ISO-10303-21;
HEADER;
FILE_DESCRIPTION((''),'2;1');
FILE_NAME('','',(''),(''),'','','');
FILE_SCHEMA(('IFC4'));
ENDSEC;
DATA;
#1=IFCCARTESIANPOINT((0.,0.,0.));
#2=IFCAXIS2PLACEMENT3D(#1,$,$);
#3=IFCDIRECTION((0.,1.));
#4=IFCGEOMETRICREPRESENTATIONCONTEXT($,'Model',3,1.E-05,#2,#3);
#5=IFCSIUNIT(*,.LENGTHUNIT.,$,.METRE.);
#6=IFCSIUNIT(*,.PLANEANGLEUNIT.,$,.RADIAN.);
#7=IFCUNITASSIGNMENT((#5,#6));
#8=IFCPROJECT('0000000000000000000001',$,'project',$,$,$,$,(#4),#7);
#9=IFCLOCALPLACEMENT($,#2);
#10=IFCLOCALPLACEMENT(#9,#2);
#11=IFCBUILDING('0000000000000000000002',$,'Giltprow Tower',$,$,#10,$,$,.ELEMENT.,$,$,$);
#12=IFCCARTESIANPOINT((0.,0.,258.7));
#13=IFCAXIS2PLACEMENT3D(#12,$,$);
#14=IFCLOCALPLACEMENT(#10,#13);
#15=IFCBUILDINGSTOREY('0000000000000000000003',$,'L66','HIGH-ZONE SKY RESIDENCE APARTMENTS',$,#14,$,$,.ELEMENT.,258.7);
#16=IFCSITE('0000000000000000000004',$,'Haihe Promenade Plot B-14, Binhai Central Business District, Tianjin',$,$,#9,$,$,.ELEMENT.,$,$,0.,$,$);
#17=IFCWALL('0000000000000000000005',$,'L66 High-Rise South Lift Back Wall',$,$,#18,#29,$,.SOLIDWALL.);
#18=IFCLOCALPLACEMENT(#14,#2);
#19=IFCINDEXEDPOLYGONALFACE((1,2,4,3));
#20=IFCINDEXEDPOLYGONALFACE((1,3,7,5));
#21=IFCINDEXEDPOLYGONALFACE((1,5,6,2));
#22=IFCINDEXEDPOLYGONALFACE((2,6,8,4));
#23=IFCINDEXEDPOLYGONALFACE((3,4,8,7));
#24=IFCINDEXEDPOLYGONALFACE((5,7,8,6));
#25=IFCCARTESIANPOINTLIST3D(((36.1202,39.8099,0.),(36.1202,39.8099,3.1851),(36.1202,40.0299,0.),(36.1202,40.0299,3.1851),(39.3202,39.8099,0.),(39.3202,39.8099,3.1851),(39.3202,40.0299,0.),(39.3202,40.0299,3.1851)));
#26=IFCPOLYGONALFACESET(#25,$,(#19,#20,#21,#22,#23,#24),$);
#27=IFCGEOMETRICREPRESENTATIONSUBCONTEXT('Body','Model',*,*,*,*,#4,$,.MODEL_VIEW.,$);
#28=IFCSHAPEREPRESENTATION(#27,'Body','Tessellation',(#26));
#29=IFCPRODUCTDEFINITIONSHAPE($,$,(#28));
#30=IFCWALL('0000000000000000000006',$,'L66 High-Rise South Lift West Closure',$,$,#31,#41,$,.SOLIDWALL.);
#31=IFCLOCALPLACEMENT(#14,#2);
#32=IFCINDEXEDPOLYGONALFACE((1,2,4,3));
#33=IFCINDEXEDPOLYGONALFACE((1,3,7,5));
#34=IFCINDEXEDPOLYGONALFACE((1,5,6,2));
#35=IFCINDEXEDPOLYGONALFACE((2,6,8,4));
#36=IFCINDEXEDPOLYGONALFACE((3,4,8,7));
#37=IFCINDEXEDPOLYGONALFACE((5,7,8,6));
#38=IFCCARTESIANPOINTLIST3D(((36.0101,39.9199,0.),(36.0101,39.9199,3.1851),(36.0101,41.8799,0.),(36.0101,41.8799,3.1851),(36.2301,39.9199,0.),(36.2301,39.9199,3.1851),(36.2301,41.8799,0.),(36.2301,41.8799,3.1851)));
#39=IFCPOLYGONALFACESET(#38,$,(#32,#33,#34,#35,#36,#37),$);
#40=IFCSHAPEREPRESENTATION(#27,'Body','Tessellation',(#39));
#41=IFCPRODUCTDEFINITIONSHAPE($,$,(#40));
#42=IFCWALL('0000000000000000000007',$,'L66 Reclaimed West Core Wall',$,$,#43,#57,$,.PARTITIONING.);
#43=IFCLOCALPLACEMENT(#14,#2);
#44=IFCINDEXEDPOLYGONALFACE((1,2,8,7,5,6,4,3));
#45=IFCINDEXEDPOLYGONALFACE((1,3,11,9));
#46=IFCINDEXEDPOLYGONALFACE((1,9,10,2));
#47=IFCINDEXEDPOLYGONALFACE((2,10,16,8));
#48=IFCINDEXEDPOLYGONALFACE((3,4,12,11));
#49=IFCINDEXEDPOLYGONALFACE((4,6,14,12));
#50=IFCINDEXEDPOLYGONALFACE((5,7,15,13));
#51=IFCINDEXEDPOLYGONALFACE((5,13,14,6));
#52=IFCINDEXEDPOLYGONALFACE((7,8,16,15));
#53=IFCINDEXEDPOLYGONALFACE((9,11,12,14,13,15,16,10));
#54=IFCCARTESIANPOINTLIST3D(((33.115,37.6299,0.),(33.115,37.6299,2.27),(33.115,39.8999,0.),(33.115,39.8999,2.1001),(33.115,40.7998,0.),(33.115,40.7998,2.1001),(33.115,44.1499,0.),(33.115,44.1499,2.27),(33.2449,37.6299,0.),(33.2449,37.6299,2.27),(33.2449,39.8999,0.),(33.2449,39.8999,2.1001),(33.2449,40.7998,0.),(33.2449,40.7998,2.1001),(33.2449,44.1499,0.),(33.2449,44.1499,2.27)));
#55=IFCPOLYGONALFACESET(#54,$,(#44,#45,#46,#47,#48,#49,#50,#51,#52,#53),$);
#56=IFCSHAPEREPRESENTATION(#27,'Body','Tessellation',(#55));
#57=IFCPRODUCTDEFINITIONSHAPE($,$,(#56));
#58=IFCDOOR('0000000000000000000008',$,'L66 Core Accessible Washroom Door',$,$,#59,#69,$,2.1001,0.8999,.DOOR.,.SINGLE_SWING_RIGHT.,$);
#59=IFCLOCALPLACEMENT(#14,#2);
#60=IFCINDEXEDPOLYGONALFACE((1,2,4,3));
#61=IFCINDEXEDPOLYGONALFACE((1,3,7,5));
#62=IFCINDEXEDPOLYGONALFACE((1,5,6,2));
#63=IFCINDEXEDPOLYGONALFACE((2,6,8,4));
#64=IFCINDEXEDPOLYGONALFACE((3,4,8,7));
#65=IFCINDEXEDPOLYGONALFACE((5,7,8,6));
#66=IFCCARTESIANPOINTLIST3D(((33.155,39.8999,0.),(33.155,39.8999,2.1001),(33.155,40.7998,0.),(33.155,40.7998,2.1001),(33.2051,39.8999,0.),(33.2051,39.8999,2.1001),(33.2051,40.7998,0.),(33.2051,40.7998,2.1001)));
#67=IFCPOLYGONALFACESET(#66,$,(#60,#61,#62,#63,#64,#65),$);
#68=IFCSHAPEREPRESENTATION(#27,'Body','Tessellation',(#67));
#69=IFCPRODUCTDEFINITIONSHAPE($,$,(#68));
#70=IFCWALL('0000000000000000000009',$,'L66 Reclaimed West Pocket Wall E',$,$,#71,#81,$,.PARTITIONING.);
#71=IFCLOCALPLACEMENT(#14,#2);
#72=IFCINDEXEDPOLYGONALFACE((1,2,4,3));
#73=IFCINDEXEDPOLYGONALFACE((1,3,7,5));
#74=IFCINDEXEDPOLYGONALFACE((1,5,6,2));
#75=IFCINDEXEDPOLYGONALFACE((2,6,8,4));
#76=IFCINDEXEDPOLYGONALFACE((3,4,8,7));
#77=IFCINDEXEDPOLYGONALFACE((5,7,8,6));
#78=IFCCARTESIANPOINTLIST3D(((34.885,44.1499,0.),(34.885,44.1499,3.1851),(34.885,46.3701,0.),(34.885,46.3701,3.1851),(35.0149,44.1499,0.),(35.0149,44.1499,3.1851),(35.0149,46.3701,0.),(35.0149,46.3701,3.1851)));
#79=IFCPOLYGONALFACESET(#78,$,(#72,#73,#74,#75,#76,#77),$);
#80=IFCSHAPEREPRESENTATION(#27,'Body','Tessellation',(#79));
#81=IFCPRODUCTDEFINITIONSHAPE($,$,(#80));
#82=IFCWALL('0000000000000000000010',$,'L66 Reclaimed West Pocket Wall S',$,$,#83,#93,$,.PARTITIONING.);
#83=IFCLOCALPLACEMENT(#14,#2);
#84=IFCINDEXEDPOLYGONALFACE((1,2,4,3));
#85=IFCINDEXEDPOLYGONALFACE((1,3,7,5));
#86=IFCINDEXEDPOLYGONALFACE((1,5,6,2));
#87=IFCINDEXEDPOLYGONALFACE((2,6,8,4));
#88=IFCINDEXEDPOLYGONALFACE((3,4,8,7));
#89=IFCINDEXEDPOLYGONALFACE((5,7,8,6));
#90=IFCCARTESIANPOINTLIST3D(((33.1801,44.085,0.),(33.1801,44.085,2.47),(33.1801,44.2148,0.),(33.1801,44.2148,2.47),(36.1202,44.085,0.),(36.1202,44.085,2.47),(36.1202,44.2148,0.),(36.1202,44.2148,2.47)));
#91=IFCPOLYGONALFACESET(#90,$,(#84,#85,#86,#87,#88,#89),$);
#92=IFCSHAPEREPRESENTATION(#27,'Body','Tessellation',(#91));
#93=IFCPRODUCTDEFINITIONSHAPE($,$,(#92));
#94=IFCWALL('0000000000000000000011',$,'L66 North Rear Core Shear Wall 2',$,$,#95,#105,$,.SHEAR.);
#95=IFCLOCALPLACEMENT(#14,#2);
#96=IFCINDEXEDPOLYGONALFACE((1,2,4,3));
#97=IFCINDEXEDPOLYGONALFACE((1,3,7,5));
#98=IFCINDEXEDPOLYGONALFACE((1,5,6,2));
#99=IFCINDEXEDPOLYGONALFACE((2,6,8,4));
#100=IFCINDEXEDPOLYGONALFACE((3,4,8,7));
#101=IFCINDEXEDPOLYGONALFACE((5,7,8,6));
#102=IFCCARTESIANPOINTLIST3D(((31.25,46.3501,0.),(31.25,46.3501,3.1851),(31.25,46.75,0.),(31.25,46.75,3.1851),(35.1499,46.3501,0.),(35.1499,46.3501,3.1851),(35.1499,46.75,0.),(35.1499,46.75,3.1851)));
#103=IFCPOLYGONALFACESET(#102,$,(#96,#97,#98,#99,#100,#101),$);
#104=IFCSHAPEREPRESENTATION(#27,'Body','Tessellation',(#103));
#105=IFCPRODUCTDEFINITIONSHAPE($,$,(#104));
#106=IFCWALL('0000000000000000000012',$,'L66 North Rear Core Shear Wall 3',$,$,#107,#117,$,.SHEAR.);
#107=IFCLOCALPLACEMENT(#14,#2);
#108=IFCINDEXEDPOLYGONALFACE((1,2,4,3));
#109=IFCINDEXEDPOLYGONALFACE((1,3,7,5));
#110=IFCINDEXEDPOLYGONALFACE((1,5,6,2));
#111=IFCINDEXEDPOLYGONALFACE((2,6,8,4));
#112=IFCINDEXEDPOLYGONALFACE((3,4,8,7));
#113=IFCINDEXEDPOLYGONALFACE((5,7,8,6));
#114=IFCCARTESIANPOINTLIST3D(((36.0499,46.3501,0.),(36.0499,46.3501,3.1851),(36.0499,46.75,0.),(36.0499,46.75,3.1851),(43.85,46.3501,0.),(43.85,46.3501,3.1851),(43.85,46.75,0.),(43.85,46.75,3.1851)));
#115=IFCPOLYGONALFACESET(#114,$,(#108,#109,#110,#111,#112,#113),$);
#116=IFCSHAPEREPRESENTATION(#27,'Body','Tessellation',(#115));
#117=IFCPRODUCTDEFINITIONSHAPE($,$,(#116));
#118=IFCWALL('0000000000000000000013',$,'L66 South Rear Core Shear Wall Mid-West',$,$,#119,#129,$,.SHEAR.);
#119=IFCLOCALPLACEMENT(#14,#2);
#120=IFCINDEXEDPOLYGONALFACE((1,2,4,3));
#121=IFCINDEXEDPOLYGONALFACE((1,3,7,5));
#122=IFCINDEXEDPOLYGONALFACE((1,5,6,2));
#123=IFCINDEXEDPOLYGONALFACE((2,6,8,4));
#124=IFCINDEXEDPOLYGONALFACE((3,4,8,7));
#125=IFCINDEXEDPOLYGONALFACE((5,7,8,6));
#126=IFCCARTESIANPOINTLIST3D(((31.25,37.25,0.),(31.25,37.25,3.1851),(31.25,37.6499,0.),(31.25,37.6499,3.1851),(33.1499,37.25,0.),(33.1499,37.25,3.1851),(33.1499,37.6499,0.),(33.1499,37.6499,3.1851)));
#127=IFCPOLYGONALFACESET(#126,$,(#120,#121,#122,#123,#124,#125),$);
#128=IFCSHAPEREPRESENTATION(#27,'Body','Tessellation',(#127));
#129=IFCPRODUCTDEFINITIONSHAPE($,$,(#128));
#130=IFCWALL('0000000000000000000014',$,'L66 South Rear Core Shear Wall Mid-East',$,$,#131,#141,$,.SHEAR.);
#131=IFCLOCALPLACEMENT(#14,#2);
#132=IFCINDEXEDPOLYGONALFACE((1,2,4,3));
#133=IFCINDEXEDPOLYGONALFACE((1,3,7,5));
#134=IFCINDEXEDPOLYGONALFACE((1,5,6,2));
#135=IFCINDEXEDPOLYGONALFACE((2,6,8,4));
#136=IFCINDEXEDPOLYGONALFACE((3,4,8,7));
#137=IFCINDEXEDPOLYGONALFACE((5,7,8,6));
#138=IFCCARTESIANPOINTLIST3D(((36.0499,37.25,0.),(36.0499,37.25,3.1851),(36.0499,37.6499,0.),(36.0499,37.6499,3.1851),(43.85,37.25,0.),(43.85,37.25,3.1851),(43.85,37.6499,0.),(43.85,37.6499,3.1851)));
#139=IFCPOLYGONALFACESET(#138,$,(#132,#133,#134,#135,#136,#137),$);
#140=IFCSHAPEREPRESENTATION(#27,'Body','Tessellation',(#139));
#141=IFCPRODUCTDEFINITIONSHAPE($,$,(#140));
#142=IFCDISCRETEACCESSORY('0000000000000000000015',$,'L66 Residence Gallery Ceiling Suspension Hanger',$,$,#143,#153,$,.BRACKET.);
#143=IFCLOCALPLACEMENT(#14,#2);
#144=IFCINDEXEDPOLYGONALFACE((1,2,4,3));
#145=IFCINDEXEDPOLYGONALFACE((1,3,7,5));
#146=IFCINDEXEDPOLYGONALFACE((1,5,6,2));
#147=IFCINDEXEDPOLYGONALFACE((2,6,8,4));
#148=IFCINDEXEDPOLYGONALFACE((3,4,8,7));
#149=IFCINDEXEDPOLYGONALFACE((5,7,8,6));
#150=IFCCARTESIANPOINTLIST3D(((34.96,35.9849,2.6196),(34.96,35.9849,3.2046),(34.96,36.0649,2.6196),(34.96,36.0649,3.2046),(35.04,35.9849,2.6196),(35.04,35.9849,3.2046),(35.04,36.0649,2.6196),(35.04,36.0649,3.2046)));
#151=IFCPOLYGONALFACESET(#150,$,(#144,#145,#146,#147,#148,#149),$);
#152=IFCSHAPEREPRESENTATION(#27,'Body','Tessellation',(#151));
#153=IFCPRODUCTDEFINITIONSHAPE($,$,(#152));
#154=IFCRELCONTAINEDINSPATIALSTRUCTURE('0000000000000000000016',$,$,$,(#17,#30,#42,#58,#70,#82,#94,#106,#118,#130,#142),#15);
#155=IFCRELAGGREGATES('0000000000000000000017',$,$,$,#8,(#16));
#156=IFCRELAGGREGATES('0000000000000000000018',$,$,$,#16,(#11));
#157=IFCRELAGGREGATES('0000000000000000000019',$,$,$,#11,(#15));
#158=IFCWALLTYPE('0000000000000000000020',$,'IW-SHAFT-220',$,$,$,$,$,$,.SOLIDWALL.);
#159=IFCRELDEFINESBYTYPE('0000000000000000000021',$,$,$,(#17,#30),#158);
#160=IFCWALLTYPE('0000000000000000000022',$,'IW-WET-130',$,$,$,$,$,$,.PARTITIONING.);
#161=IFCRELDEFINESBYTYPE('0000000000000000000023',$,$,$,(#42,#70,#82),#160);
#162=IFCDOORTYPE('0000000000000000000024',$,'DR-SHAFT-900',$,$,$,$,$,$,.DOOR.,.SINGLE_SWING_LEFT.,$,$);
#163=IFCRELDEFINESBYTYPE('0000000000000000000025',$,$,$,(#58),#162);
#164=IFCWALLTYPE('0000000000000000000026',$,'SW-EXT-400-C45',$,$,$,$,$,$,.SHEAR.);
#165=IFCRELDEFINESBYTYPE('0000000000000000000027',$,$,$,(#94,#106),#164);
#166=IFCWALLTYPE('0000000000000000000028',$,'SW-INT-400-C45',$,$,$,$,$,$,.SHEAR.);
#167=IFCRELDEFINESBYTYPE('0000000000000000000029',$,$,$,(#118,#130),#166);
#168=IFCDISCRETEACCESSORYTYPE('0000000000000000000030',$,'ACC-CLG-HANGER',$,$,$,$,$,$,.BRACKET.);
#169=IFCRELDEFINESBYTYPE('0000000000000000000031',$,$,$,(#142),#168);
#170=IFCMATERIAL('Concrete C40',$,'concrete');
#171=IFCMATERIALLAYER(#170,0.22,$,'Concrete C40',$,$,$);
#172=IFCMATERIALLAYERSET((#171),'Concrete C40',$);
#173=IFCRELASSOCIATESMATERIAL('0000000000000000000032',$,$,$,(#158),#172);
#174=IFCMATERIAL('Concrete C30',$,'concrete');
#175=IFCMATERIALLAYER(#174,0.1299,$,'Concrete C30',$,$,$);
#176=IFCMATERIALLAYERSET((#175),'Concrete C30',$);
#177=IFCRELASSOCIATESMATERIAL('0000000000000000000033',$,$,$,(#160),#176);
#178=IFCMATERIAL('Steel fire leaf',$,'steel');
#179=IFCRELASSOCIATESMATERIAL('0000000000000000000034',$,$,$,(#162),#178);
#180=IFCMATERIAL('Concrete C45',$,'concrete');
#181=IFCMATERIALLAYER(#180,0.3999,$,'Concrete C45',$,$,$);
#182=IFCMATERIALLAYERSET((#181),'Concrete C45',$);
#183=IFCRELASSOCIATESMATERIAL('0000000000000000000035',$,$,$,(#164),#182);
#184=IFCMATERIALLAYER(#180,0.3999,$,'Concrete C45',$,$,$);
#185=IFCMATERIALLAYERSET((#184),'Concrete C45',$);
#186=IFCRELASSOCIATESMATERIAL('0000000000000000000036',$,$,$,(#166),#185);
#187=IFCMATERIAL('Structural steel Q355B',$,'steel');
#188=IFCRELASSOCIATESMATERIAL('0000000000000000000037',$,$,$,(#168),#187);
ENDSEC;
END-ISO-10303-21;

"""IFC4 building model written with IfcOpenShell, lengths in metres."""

from ifc_helpers import new_model, si_unit, direction, frame, frame_2d, origin, origin_2d, place, context, subcontext, project, spatial, rectangle, extrude, source, transform, mapped, material, layer, layer_set, type_object, element, fill, save


model = new_model("IFC4")

# Units and contexts
model_context = context("Model", 3, precision=1e-05, world=origin(), true_north=direction((0.0, 1.0)))
body_context = subcontext(model_context, "Body", "Model", "MODEL_VIEW")
ifc_project = project(units=[si_unit("LENGTHUNIT", "METRE"), si_unit("PLANEANGLEUNIT", "RADIAN")], contexts=[model_context])

# Site, building, storey
site_placement = place(None, origin())
site = spatial("IfcSite", under=ifc_project, at=site_placement, Name="Haihe Promenade Plot B-14, Binhai Central Business District, Tianjin", CompositionType="ELEMENT", RefElevation=0.0)
building_placement = place(site_placement, origin())
building = spatial("IfcBuilding", under=site, at=building_placement, Name="Giltprow Tower", CompositionType="ELEMENT")
storey_placement = place(building_placement, frame((0.0, 0.0, 258.7)))
storey = spatial("IfcBuildingStorey", under=building, at=storey_placement, Name="L66", Description="HIGH-ZONE SKY RESIDENCE APARTMENTS", CompositionType="ELEMENT", Elevation=258.7)

# Shared definitions
ifc_material_1 = material(Name="Concrete C45", Category="concrete")

# Shared definitions
ifc_material_2 = material(Name="Structural steel Q355B", Category="steel")

# Shared definitions
ifc_material_3 = material(Name="Concrete C40", Category="concrete")
ifc_layer_1 = layer(ifc_material_3, 0.22, Name="Concrete C40")
ifc_layer_set_1 = layer_set([ifc_layer_1], Name="Concrete C40")
wall_type_1 = type_object("IfcWallType", Name="IW-SHAFT-220", PredefinedType="SOLIDWALL", material=ifc_layer_set_1)

# Walls
wall_1_placement = place(storey_placement, frame((36.1201, 39.9199, 0.0), z_axis=(0.0, 0.0, 1.0), x_axis=(1.0, 0.0, 0.0)))
element("IfcWall", 1, at=wall_1_placement, inside=storey, type_object=wall_type_1, Name="L66 High-Rise South Lift Back Wall", PredefinedType="SOLIDWALL", context=body_context, shape_type="SweptSolid", body=[
    extrude(rectangle(XDim=3.2, YDim=0.22, at=frame_2d((1.6001, 0.0))), origin(), (0.0, 0.0, 1.0), 3.1851),
])
wall_2_placement = place(storey_placement, frame((36.1201, 39.9199, 0.0), z_axis=(0.0, 0.0, 1.0), x_axis=(0.0, 1.0, 0.0)))
element("IfcWall", 2, at=wall_2_placement, inside=storey, type_object=wall_type_1, Name="L66 High-Rise South Lift West Closure", PredefinedType="SOLIDWALL", context=body_context, shape_type="SweptSolid", body=[
    extrude(rectangle(XDim=1.96, YDim=0.22, at=frame_2d((0.98, 0.0))), origin(), (0.0, 0.0, 1.0), 3.1851),
])

# Wall, opening, door
ifc_material_4 = material(Name="Concrete C30", Category="concrete")
ifc_layer_2 = layer(ifc_material_4, 0.1299, Name="Concrete C30")
ifc_layer_set_2 = layer_set([ifc_layer_2], Name="Concrete C30")
wall_type_2 = type_object("IfcWallType", Name="IW-WET-130", PredefinedType="PARTITIONING", material=ifc_layer_set_2)
wall_3_placement = place(storey_placement, frame((33.1799, 37.6299, 0.0), z_axis=(0.0, 0.0, 1.0), x_axis=(0.0, 1.0, 0.0)))
wall_3 = element("IfcWall", 3, at=wall_3_placement, inside=storey, type_object=wall_type_2, Name="L66 Reclaimed West Core Wall", PredefinedType="PARTITIONING", context=body_context, shape_type="SweptSolid", body=[
    extrude(rectangle(XDim=6.52, YDim=0.1299, at=frame_2d((3.26, 0.0))), origin(), (0.0, 0.0, 1.0), 2.27),
])
opening_1_placement = place(wall_3_placement, frame((2.27, 0.0, 0.0)))
opening_1 = element("IfcOpeningElement", 4, at=opening_1_placement, cuts=wall_3, PredefinedType="OPENING", context=body_context, shape_type="SweptSolid", body=[
    extrude(rectangle(XDim=0.8999, YDim=2.1001, at=frame_2d((0.45, 1.05))), frame((0.0, 0.075, 0.0), z_axis=(0.0, -1.0, 0.0), x_axis=(1.0, 0.0, 0.0)), (0.0, 0.0, 1.0), 0.1499),
])
ifc_material_5 = material(Name="Steel fire leaf", Category="steel")
door_type_1 = type_object("IfcDoorType", Name="DR-SHAFT-900", OperationType="SINGLE_SWING_LEFT", PredefinedType="DOOR", material=ifc_material_5)
shared_shape_1 = source(origin(), body_context, "Body", "SweptSolid", [
    extrude(rectangle(XDim=0.8999, YDim=2.1001, at=frame_2d((0.45, 1.05))), frame((0.0, 0.0249, 0.0), z_axis=(0.0, -1.0, 0.0), x_axis=(1.0, 0.0, 0.0)), (0.0, 0.0, 1.0), 0.05),
])
door_1_placement = place(opening_1_placement, origin())
door_1 = element("IfcDoor", 5, at=door_1_placement, inside=storey, type_object=door_type_1, Name="L66 Core Accessible Washroom Door", OperationType="SINGLE_SWING_RIGHT", OverallHeight=2.1001, OverallWidth=0.8999, PredefinedType="DOOR", context=body_context, shape_type="MappedRepresentation", body=[
    mapped(shared_shape_1, transform((0.0, 0.0, 0.0), x_axis=(1.0, 0.0, 0.0), y_axis=(0.0, 1.0, 0.0), z_axis=(0.0, 0.0, 1.0), scale=1.0)),
])
fill(opening_1, door_1)

# Walls
wall_4_placement = place(storey_placement, frame((34.95, 44.1499, 0.0), z_axis=(0.0, 0.0, 1.0), x_axis=(0.0, 1.0, 0.0)))
element("IfcWall", 6, at=wall_4_placement, inside=storey, type_object=wall_type_2, Name="L66 Reclaimed West Pocket Wall E", PredefinedType="PARTITIONING", context=body_context, shape_type="SweptSolid", body=[
    extrude(rectangle(XDim=2.2202, YDim=0.1299, at=frame_2d((1.1101, 0.0))), origin(), (0.0, 0.0, 1.0), 3.1851),
])
wall_5_placement = place(storey_placement, frame((33.1799, 44.1499, 0.0), z_axis=(0.0, 0.0, 1.0), x_axis=(1.0, 0.0, 0.0)))
element("IfcWall", 7, at=wall_5_placement, inside=storey, type_object=wall_type_2, Name="L66 Reclaimed West Pocket Wall S", PredefinedType="PARTITIONING", context=body_context, shape_type="SweptSolid", body=[
    extrude(rectangle(XDim=2.9402, YDim=0.1299, at=frame_2d((1.4702, 0.0))), origin(), (0.0, 0.0, 1.0), 2.47),
])
ifc_layer_3 = layer(ifc_material_1, 0.3999, Name="Concrete C45")
ifc_layer_set_3 = layer_set([ifc_layer_3], Name="Concrete C45")
wall_type_3 = type_object("IfcWallType", Name="SW-EXT-400-C45", PredefinedType="SHEAR", material=ifc_layer_set_3)
wall_6_placement = place(storey_placement, frame((31.25, 46.55, 0.0), z_axis=(0.0, 0.0, 1.0), x_axis=(1.0, 0.0, 0.0)))
element("IfcWall", 8, at=wall_6_placement, inside=storey, type_object=wall_type_3, Name="L66 North Rear Core Shear Wall 2", PredefinedType="SHEAR", context=body_context, shape_type="SweptSolid", body=[
    extrude(rectangle(XDim=3.8999, YDim=0.3999, at=frame_2d((1.95, 0.0))), origin(), (0.0, 0.0, 1.0), 3.1851),
])
wall_7_placement = place(storey_placement, frame((36.05, 46.55, 0.0), z_axis=(0.0, 0.0, 1.0), x_axis=(1.0, 0.0, 0.0)))
element("IfcWall", 9, at=wall_7_placement, inside=storey, type_object=wall_type_3, Name="L66 North Rear Core Shear Wall 3", PredefinedType="SHEAR", context=body_context, shape_type="SweptSolid", body=[
    extrude(rectangle(XDim=7.8, YDim=0.3999, at=frame_2d((3.8999, 0.0))), origin(), (0.0, 0.0, 1.0), 3.1851),
])
ifc_layer_4 = layer(ifc_material_1, 0.3999, Name="Concrete C45")
ifc_layer_set_4 = layer_set([ifc_layer_4], Name="Concrete C45")
wall_type_4 = type_object("IfcWallType", Name="SW-INT-400-C45", PredefinedType="SHEAR", material=ifc_layer_set_4)
wall_8_placement = place(storey_placement, frame((31.25, 37.45, 0.0), z_axis=(0.0, 0.0, 1.0), x_axis=(1.0, 0.0, 0.0)))
element("IfcWall", 10, at=wall_8_placement, inside=storey, type_object=wall_type_4, Name="L66 South Rear Core Shear Wall Mid-West", PredefinedType="SHEAR", context=body_context, shape_type="SweptSolid", body=[
    extrude(rectangle(XDim=1.8999, YDim=0.3999, at=frame_2d((0.95, 0.0))), origin(), (0.0, 0.0, 1.0), 3.1851),
])
wall_9_placement = place(storey_placement, frame((36.05, 37.45, 0.0), z_axis=(0.0, 0.0, 1.0), x_axis=(1.0, 0.0, 0.0)))
element("IfcWall", 11, at=wall_9_placement, inside=storey, type_object=wall_type_4, Name="L66 South Rear Core Shear Wall Mid-East", PredefinedType="SHEAR", context=body_context, shape_type="SweptSolid", body=[
    extrude(rectangle(XDim=7.8, YDim=0.3999, at=frame_2d((3.8999, 0.0))), origin(), (0.0, 0.0, 1.0), 3.1851),
])

# Discrete accessory
discrete_accessory_type = type_object("IfcDiscreteAccessoryType", Name="ACC-CLG-HANGER", PredefinedType="BRACKET", material=ifc_material_2)
shared_shape_2 = source(origin(), body_context, "Body", "SweptSolid", [
    extrude(rectangle(XDim=0.0801, YDim=0.0801, at=origin_2d()), origin(), (0.0, 0.0, 1.0), 0.585),
])
discrete_accessory_placement = place(storey_placement, frame((35.0, 36.0249, 2.6196), z_axis=(0.0, 0.0, 1.0), x_axis=(1.0, 0.0, 0.0)))
element("IfcDiscreteAccessory", 12, at=discrete_accessory_placement, inside=storey, type_object=discrete_accessory_type, Name="L66 Residence Gallery Ceiling Suspension Hanger", PredefinedType="BRACKET", context=body_context, shape_type="MappedRepresentation", body=[
    mapped(shared_shape_2, transform((0.0, 0.0, 0.0), x_axis=(1.0, 0.0, 0.0), y_axis=(0.0, 1.0, 0.0), z_axis=(0.0, 0.0, 1.0), scale=1.0)),
])

save(model, "model.ifc")
